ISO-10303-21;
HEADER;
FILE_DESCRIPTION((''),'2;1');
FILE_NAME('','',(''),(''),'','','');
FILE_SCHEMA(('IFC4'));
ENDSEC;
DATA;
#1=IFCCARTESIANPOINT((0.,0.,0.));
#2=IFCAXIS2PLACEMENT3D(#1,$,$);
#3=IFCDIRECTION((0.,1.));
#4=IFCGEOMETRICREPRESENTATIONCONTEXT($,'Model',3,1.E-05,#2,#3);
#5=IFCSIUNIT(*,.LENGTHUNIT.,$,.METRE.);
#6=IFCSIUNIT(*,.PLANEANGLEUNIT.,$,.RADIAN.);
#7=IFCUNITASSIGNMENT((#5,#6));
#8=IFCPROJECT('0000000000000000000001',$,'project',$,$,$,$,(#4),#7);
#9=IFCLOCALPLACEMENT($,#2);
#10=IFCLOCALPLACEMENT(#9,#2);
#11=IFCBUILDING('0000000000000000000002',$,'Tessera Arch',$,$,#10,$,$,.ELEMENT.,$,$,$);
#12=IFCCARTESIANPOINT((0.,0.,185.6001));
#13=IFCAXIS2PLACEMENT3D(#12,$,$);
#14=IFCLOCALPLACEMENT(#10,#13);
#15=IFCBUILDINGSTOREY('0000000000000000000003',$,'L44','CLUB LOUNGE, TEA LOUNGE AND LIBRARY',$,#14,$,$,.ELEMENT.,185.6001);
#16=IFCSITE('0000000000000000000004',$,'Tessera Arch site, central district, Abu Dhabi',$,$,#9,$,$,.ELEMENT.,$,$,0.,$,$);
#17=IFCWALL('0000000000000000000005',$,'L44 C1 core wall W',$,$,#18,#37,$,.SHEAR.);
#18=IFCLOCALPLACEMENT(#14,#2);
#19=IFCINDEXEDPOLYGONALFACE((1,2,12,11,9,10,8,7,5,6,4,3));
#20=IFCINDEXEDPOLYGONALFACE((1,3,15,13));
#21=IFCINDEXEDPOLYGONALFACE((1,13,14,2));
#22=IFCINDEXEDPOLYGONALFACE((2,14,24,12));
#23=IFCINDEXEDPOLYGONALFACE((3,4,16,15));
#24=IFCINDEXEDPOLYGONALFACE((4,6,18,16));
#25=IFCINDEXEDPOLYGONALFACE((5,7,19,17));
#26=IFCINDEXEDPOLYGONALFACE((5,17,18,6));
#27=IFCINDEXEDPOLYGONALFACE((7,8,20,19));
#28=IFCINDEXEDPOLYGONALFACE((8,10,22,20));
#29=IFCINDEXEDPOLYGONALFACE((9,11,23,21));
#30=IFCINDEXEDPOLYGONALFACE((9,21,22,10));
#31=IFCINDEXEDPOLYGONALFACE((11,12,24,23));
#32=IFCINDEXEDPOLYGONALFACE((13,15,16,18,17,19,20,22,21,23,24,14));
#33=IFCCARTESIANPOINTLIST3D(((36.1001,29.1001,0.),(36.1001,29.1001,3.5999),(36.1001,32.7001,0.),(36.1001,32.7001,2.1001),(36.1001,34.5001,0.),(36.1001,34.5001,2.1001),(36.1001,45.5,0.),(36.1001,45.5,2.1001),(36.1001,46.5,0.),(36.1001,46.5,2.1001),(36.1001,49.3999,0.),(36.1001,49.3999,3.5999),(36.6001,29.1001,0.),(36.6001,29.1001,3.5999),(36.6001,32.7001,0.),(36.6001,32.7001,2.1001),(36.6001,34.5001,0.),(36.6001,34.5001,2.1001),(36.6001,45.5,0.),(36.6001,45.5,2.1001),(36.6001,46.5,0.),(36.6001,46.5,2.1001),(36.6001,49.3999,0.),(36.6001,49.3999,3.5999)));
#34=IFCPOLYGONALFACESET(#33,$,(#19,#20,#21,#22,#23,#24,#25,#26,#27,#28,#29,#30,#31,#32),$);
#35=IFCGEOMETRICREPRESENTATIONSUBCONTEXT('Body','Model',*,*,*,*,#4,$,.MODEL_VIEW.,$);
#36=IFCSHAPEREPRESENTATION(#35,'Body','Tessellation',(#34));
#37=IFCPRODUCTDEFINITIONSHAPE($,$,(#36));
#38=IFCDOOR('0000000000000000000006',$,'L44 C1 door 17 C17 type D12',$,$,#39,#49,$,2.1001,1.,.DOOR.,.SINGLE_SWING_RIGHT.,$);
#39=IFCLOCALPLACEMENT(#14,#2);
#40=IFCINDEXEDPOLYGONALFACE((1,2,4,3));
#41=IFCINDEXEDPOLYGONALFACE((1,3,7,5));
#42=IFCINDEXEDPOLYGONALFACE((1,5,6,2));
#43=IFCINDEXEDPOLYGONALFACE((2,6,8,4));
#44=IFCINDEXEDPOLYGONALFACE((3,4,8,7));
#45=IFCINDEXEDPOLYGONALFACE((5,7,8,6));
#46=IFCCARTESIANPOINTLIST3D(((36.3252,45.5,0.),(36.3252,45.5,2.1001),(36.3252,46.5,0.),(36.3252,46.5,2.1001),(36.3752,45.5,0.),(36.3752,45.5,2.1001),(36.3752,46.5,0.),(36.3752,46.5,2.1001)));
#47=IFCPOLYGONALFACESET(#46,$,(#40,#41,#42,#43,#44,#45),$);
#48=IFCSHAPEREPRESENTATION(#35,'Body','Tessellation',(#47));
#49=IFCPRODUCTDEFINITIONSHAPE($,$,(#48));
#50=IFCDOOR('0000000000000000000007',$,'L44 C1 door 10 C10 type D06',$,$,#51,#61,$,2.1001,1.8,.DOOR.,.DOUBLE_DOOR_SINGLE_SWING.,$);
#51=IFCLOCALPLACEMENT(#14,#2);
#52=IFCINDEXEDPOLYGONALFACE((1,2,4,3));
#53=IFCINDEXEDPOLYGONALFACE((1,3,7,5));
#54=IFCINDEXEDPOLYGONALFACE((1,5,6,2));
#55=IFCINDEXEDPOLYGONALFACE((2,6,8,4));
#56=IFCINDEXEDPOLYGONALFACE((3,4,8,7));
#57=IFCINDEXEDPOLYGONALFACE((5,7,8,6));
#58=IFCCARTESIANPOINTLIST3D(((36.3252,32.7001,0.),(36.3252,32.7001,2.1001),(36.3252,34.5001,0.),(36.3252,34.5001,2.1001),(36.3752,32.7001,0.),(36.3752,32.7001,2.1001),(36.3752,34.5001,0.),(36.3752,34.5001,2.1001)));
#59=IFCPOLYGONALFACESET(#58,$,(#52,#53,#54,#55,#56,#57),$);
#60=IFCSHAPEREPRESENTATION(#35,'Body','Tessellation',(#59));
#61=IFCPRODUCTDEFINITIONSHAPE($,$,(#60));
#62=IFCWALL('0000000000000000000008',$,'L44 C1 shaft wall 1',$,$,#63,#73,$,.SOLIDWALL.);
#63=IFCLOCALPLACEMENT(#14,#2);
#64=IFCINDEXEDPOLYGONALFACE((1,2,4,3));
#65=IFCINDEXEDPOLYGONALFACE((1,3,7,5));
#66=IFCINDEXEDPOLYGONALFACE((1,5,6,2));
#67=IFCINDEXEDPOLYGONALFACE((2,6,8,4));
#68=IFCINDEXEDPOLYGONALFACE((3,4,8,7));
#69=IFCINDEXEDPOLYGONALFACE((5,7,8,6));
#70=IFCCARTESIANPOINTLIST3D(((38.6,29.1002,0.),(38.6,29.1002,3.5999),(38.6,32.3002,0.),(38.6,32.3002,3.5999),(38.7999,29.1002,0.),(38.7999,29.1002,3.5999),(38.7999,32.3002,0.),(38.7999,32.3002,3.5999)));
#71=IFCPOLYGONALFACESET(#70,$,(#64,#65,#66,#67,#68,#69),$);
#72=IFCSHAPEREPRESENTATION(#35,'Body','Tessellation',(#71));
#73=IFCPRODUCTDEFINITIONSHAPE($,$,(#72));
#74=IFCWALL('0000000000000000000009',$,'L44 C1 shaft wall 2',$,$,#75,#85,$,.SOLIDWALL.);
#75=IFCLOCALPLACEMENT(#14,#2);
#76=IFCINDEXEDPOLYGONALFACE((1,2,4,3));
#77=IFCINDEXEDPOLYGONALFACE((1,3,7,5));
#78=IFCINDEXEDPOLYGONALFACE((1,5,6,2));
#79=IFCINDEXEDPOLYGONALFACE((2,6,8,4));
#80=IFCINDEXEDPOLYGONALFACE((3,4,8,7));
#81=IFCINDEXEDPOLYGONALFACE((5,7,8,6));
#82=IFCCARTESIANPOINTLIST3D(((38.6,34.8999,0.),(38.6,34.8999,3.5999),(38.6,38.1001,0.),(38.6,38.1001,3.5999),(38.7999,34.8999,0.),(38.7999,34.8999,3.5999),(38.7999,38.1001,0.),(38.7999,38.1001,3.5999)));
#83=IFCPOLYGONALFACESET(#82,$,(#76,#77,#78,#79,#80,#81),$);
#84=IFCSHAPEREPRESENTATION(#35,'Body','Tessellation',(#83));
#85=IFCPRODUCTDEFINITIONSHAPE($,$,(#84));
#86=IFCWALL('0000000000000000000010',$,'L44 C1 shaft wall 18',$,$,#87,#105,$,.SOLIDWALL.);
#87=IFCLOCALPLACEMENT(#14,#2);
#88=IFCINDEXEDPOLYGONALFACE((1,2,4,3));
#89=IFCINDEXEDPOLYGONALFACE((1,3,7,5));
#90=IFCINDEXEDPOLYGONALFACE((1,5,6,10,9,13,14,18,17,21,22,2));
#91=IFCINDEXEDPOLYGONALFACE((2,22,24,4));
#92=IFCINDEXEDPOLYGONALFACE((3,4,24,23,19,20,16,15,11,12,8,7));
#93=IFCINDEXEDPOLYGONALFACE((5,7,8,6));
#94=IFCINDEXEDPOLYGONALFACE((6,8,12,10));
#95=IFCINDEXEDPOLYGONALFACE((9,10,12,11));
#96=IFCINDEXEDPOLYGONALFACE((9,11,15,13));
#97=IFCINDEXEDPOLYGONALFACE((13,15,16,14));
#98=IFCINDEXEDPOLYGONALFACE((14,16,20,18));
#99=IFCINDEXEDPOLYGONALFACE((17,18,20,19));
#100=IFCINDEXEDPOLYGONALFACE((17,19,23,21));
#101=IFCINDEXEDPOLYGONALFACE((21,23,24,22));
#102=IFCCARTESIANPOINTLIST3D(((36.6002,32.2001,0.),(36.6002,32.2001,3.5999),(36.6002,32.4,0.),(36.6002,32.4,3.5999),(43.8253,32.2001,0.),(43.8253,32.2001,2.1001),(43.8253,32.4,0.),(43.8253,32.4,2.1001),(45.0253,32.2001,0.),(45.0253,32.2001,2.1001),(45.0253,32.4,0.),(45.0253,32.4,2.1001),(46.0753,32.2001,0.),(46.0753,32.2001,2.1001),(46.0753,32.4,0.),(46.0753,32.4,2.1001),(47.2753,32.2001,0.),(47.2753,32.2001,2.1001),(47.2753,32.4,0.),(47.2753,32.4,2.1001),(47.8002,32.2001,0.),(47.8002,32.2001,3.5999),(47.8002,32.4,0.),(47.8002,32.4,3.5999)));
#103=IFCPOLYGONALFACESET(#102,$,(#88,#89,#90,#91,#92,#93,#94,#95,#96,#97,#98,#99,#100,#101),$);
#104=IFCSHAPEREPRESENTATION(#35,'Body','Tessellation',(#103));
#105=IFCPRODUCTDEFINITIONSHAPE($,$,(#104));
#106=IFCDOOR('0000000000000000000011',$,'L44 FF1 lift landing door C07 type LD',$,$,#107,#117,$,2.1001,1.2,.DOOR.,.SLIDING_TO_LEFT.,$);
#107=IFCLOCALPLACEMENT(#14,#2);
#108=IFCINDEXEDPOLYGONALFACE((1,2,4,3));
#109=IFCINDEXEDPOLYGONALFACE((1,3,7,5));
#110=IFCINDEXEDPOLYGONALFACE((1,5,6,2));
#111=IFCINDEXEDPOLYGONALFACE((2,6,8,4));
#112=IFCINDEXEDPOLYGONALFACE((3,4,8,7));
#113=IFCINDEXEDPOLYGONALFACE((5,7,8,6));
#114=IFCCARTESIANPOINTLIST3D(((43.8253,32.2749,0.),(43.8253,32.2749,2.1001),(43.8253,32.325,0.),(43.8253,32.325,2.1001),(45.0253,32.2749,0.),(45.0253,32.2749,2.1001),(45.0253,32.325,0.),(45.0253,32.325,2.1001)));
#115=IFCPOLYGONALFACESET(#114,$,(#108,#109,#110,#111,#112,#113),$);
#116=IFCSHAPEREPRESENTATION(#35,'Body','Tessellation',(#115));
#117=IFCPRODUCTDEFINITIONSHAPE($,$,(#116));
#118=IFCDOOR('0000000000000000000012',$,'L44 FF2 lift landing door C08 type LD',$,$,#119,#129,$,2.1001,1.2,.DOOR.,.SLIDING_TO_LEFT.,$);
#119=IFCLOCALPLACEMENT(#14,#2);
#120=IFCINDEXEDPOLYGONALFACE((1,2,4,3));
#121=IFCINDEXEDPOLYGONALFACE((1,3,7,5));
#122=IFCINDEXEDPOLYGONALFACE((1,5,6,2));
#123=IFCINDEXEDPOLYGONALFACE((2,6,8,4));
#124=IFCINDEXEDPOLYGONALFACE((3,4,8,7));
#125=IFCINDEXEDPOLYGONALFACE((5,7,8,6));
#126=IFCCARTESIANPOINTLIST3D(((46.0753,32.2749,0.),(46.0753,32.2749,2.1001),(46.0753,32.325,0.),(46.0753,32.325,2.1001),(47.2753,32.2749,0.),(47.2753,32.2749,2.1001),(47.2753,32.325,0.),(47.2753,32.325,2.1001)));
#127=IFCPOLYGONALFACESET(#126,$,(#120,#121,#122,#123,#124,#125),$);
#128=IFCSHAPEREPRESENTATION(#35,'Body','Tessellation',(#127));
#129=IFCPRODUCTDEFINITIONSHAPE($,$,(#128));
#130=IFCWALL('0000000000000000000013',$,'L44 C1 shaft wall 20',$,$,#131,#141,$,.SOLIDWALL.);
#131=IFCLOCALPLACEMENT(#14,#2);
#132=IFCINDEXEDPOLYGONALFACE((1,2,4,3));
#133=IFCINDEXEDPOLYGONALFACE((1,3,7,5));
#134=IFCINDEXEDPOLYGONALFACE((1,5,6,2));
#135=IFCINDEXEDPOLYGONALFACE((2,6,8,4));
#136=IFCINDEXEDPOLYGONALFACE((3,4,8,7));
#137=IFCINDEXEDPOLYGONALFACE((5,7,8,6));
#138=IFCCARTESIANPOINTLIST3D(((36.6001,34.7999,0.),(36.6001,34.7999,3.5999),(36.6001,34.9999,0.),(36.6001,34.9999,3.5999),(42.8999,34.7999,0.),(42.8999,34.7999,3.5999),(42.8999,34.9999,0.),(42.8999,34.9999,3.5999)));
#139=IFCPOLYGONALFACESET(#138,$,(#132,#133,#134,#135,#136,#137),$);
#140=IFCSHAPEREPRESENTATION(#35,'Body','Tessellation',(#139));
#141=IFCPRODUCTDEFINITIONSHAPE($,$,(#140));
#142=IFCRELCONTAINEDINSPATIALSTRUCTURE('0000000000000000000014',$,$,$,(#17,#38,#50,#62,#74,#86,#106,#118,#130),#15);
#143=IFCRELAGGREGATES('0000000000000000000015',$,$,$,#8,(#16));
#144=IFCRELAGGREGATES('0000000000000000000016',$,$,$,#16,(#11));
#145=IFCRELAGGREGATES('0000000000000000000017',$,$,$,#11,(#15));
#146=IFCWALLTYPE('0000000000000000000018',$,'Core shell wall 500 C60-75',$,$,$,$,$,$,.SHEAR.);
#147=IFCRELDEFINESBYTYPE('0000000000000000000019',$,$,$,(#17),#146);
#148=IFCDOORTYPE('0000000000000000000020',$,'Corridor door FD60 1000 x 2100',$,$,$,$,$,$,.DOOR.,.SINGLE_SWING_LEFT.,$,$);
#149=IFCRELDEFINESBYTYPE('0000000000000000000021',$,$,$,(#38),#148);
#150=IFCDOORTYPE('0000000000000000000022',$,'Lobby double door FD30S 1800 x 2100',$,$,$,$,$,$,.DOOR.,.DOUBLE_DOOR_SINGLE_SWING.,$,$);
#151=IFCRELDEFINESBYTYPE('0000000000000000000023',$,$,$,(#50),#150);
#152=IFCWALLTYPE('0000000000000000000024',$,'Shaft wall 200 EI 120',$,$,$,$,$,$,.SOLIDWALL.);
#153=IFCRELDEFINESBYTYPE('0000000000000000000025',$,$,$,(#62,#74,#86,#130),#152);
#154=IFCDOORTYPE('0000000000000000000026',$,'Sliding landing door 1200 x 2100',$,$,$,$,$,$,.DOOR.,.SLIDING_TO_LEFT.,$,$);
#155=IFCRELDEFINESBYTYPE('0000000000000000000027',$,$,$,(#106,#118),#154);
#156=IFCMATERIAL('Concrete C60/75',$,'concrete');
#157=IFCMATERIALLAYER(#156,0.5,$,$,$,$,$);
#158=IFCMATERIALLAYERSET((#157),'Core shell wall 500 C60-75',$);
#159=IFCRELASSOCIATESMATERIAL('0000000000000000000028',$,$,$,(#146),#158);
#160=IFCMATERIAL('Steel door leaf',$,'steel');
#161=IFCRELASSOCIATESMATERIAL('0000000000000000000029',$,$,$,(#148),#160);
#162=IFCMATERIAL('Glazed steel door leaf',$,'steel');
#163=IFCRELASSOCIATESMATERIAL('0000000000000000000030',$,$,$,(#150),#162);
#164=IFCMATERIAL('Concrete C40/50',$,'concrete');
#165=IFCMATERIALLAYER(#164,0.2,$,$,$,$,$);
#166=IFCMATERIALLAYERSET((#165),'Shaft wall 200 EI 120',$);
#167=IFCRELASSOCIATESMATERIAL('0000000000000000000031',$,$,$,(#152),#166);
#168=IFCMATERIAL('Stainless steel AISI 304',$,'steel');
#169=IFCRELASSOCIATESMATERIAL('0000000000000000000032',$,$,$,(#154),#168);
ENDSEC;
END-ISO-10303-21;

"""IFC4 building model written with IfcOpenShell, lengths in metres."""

from ifc_helpers import new_model, si_unit, direction, frame, frame_2d, origin, place, context, subcontext, project, spatial, rectangle, extrude, material, layer, layer_set, type_object, element, fill, save


model = new_model("IFC4")

# Units and contexts
model_context = context("Model", 3, precision=1e-05, world=origin(), true_north=direction((0.0, 1.0)))
body_context = subcontext(model_context, "Body", "Model", "MODEL_VIEW")
ifc_project = project(units=[si_unit("LENGTHUNIT", "METRE"), si_unit("PLANEANGLEUNIT", "RADIAN")], contexts=[model_context])

# Site, building, storey
site_placement = place(None, origin())
site = spatial("IfcSite", under=ifc_project, at=site_placement, Name="Tessera Arch site, central district, Abu Dhabi", CompositionType="ELEMENT", RefElevation=0.0)
building_placement = place(site_placement, origin())
building = spatial("IfcBuilding", under=site, at=building_placement, Name="Tessera Arch", CompositionType="ELEMENT")
storey_placement = place(building_placement, frame((0.0, 0.0, 185.6001)))
storey = spatial("IfcBuildingStorey", under=building, at=storey_placement, Name="L44", Description="CLUB LOUNGE, TEA LOUNGE AND LIBRARY", CompositionType="ELEMENT", Elevation=185.6001)

# Wall, openings, doors
ifc_material_1 = material(Name="Concrete C60/75", Category="concrete")
ifc_layer_1 = layer(ifc_material_1, 0.5)
ifc_layer_set_1 = layer_set([ifc_layer_1], Name="Core shell wall 500 C60-75")
wall_type_1 = type_object("IfcWallType", Name="Core shell wall 500 C60-75", PredefinedType="SHEAR", material=ifc_layer_set_1)
wall_1_placement = place(storey_placement, frame((36.3501, 29.1001, 0.0), z_axis=(0.0, 0.0, 1.0), x_axis=(0.0, 1.0, 0.0)))
wall_1 = element("IfcWall", 1, at=wall_1_placement, inside=storey, type_object=wall_type_1, Name="L44 C1 core wall W", PredefinedType="SHEAR", context=body_context, shape_type="SweptSolid", body=[
    extrude(rectangle(XDim=20.2998, YDim=0.5, at=frame_2d((10.1499, 0.0))), origin(), (0.0, 0.0, 1.0), 3.5999),
])
opening_1_placement = place(wall_1_placement, frame((3.6001, 0.0, 0.0)))
opening_1 = element("IfcOpeningElement", 2, at=opening_1_placement, cuts=wall_1, PredefinedType="OPENING", context=body_context, shape_type="SweptSolid", body=[
    extrude(rectangle(XDim=1.8, YDim=2.1001, at=frame_2d((0.8999, 1.05))), frame((0.0, 0.26, 0.0), z_axis=(0.0, -1.0, 0.0), x_axis=(1.0, 0.0, 0.0)), (0.0, 0.0, 1.0), 0.52),
])
opening_2_placement = place(wall_1_placement, frame((16.3999, 0.0, 0.0)))
opening_2 = element("IfcOpeningElement", 3, at=opening_2_placement, cuts=wall_1, PredefinedType="OPENING", context=body_context, shape_type="SweptSolid", body=[
    extrude(rectangle(XDim=1.0, YDim=2.1001, at=frame_2d((0.5, 1.05))), frame((0.0, 0.26, 0.0), z_axis=(0.0, -1.0, 0.0), x_axis=(1.0, 0.0, 0.0)), (0.0, 0.0, 1.0), 0.52),
])
ifc_material_2 = material(Name="Steel door leaf", Category="steel")
door_type_1 = type_object("IfcDoorType", Name="Corridor door FD60 1000 x 2100", OperationType="SINGLE_SWING_LEFT", PredefinedType="DOOR", material=ifc_material_2)
door_1_placement = place(opening_2_placement, origin())
door_1 = element("IfcDoor", 4, at=door_1_placement, inside=storey, type_object=door_type_1, Name="L44 C1 door 17 C17 type D12", OperationType="SINGLE_SWING_RIGHT", OverallHeight=2.1001, OverallWidth=1.0, PredefinedType="DOOR", context=body_context, shape_type="SweptSolid", body=[
    extrude(rectangle(XDim=1.0, YDim=2.1001, at=frame_2d((0.5, 1.05))), frame((0.0, 0.0249, 0.0), z_axis=(0.0, -1.0, 0.0), x_axis=(1.0, 0.0, 0.0)), (0.0, 0.0, 1.0), 0.05),
])
fill(opening_2, door_1)
ifc_material_3 = material(Name="Glazed steel door leaf", Category="steel")
door_type_2 = type_object("IfcDoorType", Name="Lobby double door FD30S 1800 x 2100", OperationType="DOUBLE_DOOR_SINGLE_SWING", PredefinedType="DOOR", material=ifc_material_3)
door_2_placement = place(opening_1_placement, origin())
door_2 = element("IfcDoor", 5, at=door_2_placement, inside=storey, type_object=door_type_2, Name="L44 C1 door 10 C10 type D06", OperationType="DOUBLE_DOOR_SINGLE_SWING", OverallHeight=2.1001, OverallWidth=1.8, PredefinedType="DOOR", context=body_context, shape_type="SweptSolid", body=[
    extrude(rectangle(XDim=1.8, YDim=2.1001, at=frame_2d((0.8999, 1.05))), frame((0.0, 0.0249, 0.0), z_axis=(0.0, -1.0, 0.0), x_axis=(1.0, 0.0, 0.0)), (0.0, 0.0, 1.0), 0.05),
])
fill(opening_1, door_2)

# Walls
ifc_material_4 = material(Name="Concrete C40/50", Category="concrete")
ifc_layer_2 = layer(ifc_material_4, 0.2)
ifc_layer_set_2 = layer_set([ifc_layer_2], Name="Shaft wall 200 EI 120")
wall_type_2 = type_object("IfcWallType", Name="Shaft wall 200 EI 120", PredefinedType="SOLIDWALL", material=ifc_layer_set_2)
wall_2_placement = place(storey_placement, frame((38.7, 29.1001, 0.0), z_axis=(0.0, 0.0, 1.0), x_axis=(0.0, 1.0, 0.0)))
element("IfcWall", 6, at=wall_2_placement, inside=storey, type_object=wall_type_2, Name="L44 C1 shaft wall 1", PredefinedType="SOLIDWALL", context=body_context, shape_type="SweptSolid", body=[
    extrude(rectangle(XDim=3.2, YDim=0.2, at=frame_2d((1.6001, 0.0))), origin(), (0.0, 0.0, 1.0), 3.5999),
])
wall_3_placement = place(storey_placement, frame((38.7, 34.8999, 0.0), z_axis=(0.0, 0.0, 1.0), x_axis=(0.0, 1.0, 0.0)))
element("IfcWall", 7, at=wall_3_placement, inside=storey, type_object=wall_type_2, Name="L44 C1 shaft wall 2", PredefinedType="SOLIDWALL", context=body_context, shape_type="SweptSolid", body=[
    extrude(rectangle(XDim=3.2002, YDim=0.2, at=frame_2d((1.6001, 0.0))), origin(), (0.0, 0.0, 1.0), 3.5999),
])

# Wall, openings, doors
wall_4_placement = place(storey_placement, frame((36.6001, 32.3, 0.0), z_axis=(0.0, 0.0, 1.0), x_axis=(1.0, 0.0, 0.0)))
wall_4 = element("IfcWall", 8, at=wall_4_placement, inside=storey, type_object=wall_type_2, Name="L44 C1 shaft wall 18", PredefinedType="SOLIDWALL", context=body_context, shape_type="SweptSolid", body=[
    extrude(rectangle(XDim=11.2, YDim=0.2, at=frame_2d((5.6001, 0.0))), origin(), (0.0, 0.0, 1.0), 3.5999),
])
opening_3_placement = place(wall_4_placement, frame((7.2251, 0.0, 0.0)))
opening_3 = element("IfcOpeningElement", 9, at=opening_3_placement, cuts=wall_4, PredefinedType="OPENING", context=body_context, shape_type="SweptSolid", body=[
    extrude(rectangle(XDim=1.2, YDim=2.1001, at=frame_2d((0.6001, 1.05))), frame((0.0, 0.1099, 0.0), z_axis=(0.0, -1.0, 0.0), x_axis=(1.0, 0.0, 0.0)), (0.0, 0.0, 1.0), 0.22),
])
opening_4_placement = place(wall_4_placement, frame((9.4751, 0.0, 0.0)))
opening_4 = element("IfcOpeningElement", 10, at=opening_4_placement, cuts=wall_4, PredefinedType="OPENING", context=body_context, shape_type="SweptSolid", body=[
    extrude(rectangle(XDim=1.2, YDim=2.1001, at=frame_2d((0.6001, 1.05))), frame((0.0, 0.1099, 0.0), z_axis=(0.0, -1.0, 0.0), x_axis=(1.0, 0.0, 0.0)), (0.0, 0.0, 1.0), 0.22),
])
ifc_material_5 = material(Name="Stainless steel AISI 304", Category="steel")
door_type_3 = type_object("IfcDoorType", Name="Sliding landing door 1200 x 2100", OperationType="SLIDING_TO_LEFT", PredefinedType="DOOR", material=ifc_material_5)
door_3_placement = place(opening_3_placement, origin())
door_3 = element("IfcDoor", 11, at=door_3_placement, inside=storey, type_object=door_type_3, Name="L44 FF1 lift landing door C07 type LD", OperationType="SLIDING_TO_LEFT", OverallHeight=2.1001, OverallWidth=1.2, PredefinedType="DOOR", context=body_context, shape_type="SweptSolid", body=[
    extrude(rectangle(XDim=1.2, YDim=2.1001, at=frame_2d((0.6001, 1.05))), frame((0.0, 0.0249, 0.0), z_axis=(0.0, -1.0, 0.0), x_axis=(1.0, 0.0, 0.0)), (0.0, 0.0, 1.0), 0.05),
])
fill(opening_3, door_3)
door_4_placement = place(opening_4_placement, origin())
door_4 = element("IfcDoor", 12, at=door_4_placement, inside=storey, type_object=door_type_3, Name="L44 FF2 lift landing door C08 type LD", OperationType="SLIDING_TO_LEFT", OverallHeight=2.1001, OverallWidth=1.2, PredefinedType="DOOR", context=body_context, shape_type="SweptSolid", body=[
    extrude(rectangle(XDim=1.2, YDim=2.1001, at=frame_2d((0.6001, 1.05))), frame((0.0, 0.0249, 0.0), z_axis=(0.0, -1.0, 0.0), x_axis=(1.0, 0.0, 0.0)), (0.0, 0.0, 1.0), 0.05),
])
fill(opening_4, door_4)

# Wall
wall_5_placement = place(storey_placement, frame((36.6001, 34.8999, 0.0), z_axis=(0.0, 0.0, 1.0), x_axis=(1.0, 0.0, 0.0)))
element("IfcWall", 13, at=wall_5_placement, inside=storey, type_object=wall_type_2, Name="L44 C1 shaft wall 20", PredefinedType="SOLIDWALL", context=body_context, shape_type="SweptSolid", body=[
    extrude(rectangle(XDim=6.2998, YDim=0.2, at=frame_2d((3.1499, 0.0))), origin(), (0.0, 0.0, 1.0), 3.5999),
])

save(model, "model.ifc")
